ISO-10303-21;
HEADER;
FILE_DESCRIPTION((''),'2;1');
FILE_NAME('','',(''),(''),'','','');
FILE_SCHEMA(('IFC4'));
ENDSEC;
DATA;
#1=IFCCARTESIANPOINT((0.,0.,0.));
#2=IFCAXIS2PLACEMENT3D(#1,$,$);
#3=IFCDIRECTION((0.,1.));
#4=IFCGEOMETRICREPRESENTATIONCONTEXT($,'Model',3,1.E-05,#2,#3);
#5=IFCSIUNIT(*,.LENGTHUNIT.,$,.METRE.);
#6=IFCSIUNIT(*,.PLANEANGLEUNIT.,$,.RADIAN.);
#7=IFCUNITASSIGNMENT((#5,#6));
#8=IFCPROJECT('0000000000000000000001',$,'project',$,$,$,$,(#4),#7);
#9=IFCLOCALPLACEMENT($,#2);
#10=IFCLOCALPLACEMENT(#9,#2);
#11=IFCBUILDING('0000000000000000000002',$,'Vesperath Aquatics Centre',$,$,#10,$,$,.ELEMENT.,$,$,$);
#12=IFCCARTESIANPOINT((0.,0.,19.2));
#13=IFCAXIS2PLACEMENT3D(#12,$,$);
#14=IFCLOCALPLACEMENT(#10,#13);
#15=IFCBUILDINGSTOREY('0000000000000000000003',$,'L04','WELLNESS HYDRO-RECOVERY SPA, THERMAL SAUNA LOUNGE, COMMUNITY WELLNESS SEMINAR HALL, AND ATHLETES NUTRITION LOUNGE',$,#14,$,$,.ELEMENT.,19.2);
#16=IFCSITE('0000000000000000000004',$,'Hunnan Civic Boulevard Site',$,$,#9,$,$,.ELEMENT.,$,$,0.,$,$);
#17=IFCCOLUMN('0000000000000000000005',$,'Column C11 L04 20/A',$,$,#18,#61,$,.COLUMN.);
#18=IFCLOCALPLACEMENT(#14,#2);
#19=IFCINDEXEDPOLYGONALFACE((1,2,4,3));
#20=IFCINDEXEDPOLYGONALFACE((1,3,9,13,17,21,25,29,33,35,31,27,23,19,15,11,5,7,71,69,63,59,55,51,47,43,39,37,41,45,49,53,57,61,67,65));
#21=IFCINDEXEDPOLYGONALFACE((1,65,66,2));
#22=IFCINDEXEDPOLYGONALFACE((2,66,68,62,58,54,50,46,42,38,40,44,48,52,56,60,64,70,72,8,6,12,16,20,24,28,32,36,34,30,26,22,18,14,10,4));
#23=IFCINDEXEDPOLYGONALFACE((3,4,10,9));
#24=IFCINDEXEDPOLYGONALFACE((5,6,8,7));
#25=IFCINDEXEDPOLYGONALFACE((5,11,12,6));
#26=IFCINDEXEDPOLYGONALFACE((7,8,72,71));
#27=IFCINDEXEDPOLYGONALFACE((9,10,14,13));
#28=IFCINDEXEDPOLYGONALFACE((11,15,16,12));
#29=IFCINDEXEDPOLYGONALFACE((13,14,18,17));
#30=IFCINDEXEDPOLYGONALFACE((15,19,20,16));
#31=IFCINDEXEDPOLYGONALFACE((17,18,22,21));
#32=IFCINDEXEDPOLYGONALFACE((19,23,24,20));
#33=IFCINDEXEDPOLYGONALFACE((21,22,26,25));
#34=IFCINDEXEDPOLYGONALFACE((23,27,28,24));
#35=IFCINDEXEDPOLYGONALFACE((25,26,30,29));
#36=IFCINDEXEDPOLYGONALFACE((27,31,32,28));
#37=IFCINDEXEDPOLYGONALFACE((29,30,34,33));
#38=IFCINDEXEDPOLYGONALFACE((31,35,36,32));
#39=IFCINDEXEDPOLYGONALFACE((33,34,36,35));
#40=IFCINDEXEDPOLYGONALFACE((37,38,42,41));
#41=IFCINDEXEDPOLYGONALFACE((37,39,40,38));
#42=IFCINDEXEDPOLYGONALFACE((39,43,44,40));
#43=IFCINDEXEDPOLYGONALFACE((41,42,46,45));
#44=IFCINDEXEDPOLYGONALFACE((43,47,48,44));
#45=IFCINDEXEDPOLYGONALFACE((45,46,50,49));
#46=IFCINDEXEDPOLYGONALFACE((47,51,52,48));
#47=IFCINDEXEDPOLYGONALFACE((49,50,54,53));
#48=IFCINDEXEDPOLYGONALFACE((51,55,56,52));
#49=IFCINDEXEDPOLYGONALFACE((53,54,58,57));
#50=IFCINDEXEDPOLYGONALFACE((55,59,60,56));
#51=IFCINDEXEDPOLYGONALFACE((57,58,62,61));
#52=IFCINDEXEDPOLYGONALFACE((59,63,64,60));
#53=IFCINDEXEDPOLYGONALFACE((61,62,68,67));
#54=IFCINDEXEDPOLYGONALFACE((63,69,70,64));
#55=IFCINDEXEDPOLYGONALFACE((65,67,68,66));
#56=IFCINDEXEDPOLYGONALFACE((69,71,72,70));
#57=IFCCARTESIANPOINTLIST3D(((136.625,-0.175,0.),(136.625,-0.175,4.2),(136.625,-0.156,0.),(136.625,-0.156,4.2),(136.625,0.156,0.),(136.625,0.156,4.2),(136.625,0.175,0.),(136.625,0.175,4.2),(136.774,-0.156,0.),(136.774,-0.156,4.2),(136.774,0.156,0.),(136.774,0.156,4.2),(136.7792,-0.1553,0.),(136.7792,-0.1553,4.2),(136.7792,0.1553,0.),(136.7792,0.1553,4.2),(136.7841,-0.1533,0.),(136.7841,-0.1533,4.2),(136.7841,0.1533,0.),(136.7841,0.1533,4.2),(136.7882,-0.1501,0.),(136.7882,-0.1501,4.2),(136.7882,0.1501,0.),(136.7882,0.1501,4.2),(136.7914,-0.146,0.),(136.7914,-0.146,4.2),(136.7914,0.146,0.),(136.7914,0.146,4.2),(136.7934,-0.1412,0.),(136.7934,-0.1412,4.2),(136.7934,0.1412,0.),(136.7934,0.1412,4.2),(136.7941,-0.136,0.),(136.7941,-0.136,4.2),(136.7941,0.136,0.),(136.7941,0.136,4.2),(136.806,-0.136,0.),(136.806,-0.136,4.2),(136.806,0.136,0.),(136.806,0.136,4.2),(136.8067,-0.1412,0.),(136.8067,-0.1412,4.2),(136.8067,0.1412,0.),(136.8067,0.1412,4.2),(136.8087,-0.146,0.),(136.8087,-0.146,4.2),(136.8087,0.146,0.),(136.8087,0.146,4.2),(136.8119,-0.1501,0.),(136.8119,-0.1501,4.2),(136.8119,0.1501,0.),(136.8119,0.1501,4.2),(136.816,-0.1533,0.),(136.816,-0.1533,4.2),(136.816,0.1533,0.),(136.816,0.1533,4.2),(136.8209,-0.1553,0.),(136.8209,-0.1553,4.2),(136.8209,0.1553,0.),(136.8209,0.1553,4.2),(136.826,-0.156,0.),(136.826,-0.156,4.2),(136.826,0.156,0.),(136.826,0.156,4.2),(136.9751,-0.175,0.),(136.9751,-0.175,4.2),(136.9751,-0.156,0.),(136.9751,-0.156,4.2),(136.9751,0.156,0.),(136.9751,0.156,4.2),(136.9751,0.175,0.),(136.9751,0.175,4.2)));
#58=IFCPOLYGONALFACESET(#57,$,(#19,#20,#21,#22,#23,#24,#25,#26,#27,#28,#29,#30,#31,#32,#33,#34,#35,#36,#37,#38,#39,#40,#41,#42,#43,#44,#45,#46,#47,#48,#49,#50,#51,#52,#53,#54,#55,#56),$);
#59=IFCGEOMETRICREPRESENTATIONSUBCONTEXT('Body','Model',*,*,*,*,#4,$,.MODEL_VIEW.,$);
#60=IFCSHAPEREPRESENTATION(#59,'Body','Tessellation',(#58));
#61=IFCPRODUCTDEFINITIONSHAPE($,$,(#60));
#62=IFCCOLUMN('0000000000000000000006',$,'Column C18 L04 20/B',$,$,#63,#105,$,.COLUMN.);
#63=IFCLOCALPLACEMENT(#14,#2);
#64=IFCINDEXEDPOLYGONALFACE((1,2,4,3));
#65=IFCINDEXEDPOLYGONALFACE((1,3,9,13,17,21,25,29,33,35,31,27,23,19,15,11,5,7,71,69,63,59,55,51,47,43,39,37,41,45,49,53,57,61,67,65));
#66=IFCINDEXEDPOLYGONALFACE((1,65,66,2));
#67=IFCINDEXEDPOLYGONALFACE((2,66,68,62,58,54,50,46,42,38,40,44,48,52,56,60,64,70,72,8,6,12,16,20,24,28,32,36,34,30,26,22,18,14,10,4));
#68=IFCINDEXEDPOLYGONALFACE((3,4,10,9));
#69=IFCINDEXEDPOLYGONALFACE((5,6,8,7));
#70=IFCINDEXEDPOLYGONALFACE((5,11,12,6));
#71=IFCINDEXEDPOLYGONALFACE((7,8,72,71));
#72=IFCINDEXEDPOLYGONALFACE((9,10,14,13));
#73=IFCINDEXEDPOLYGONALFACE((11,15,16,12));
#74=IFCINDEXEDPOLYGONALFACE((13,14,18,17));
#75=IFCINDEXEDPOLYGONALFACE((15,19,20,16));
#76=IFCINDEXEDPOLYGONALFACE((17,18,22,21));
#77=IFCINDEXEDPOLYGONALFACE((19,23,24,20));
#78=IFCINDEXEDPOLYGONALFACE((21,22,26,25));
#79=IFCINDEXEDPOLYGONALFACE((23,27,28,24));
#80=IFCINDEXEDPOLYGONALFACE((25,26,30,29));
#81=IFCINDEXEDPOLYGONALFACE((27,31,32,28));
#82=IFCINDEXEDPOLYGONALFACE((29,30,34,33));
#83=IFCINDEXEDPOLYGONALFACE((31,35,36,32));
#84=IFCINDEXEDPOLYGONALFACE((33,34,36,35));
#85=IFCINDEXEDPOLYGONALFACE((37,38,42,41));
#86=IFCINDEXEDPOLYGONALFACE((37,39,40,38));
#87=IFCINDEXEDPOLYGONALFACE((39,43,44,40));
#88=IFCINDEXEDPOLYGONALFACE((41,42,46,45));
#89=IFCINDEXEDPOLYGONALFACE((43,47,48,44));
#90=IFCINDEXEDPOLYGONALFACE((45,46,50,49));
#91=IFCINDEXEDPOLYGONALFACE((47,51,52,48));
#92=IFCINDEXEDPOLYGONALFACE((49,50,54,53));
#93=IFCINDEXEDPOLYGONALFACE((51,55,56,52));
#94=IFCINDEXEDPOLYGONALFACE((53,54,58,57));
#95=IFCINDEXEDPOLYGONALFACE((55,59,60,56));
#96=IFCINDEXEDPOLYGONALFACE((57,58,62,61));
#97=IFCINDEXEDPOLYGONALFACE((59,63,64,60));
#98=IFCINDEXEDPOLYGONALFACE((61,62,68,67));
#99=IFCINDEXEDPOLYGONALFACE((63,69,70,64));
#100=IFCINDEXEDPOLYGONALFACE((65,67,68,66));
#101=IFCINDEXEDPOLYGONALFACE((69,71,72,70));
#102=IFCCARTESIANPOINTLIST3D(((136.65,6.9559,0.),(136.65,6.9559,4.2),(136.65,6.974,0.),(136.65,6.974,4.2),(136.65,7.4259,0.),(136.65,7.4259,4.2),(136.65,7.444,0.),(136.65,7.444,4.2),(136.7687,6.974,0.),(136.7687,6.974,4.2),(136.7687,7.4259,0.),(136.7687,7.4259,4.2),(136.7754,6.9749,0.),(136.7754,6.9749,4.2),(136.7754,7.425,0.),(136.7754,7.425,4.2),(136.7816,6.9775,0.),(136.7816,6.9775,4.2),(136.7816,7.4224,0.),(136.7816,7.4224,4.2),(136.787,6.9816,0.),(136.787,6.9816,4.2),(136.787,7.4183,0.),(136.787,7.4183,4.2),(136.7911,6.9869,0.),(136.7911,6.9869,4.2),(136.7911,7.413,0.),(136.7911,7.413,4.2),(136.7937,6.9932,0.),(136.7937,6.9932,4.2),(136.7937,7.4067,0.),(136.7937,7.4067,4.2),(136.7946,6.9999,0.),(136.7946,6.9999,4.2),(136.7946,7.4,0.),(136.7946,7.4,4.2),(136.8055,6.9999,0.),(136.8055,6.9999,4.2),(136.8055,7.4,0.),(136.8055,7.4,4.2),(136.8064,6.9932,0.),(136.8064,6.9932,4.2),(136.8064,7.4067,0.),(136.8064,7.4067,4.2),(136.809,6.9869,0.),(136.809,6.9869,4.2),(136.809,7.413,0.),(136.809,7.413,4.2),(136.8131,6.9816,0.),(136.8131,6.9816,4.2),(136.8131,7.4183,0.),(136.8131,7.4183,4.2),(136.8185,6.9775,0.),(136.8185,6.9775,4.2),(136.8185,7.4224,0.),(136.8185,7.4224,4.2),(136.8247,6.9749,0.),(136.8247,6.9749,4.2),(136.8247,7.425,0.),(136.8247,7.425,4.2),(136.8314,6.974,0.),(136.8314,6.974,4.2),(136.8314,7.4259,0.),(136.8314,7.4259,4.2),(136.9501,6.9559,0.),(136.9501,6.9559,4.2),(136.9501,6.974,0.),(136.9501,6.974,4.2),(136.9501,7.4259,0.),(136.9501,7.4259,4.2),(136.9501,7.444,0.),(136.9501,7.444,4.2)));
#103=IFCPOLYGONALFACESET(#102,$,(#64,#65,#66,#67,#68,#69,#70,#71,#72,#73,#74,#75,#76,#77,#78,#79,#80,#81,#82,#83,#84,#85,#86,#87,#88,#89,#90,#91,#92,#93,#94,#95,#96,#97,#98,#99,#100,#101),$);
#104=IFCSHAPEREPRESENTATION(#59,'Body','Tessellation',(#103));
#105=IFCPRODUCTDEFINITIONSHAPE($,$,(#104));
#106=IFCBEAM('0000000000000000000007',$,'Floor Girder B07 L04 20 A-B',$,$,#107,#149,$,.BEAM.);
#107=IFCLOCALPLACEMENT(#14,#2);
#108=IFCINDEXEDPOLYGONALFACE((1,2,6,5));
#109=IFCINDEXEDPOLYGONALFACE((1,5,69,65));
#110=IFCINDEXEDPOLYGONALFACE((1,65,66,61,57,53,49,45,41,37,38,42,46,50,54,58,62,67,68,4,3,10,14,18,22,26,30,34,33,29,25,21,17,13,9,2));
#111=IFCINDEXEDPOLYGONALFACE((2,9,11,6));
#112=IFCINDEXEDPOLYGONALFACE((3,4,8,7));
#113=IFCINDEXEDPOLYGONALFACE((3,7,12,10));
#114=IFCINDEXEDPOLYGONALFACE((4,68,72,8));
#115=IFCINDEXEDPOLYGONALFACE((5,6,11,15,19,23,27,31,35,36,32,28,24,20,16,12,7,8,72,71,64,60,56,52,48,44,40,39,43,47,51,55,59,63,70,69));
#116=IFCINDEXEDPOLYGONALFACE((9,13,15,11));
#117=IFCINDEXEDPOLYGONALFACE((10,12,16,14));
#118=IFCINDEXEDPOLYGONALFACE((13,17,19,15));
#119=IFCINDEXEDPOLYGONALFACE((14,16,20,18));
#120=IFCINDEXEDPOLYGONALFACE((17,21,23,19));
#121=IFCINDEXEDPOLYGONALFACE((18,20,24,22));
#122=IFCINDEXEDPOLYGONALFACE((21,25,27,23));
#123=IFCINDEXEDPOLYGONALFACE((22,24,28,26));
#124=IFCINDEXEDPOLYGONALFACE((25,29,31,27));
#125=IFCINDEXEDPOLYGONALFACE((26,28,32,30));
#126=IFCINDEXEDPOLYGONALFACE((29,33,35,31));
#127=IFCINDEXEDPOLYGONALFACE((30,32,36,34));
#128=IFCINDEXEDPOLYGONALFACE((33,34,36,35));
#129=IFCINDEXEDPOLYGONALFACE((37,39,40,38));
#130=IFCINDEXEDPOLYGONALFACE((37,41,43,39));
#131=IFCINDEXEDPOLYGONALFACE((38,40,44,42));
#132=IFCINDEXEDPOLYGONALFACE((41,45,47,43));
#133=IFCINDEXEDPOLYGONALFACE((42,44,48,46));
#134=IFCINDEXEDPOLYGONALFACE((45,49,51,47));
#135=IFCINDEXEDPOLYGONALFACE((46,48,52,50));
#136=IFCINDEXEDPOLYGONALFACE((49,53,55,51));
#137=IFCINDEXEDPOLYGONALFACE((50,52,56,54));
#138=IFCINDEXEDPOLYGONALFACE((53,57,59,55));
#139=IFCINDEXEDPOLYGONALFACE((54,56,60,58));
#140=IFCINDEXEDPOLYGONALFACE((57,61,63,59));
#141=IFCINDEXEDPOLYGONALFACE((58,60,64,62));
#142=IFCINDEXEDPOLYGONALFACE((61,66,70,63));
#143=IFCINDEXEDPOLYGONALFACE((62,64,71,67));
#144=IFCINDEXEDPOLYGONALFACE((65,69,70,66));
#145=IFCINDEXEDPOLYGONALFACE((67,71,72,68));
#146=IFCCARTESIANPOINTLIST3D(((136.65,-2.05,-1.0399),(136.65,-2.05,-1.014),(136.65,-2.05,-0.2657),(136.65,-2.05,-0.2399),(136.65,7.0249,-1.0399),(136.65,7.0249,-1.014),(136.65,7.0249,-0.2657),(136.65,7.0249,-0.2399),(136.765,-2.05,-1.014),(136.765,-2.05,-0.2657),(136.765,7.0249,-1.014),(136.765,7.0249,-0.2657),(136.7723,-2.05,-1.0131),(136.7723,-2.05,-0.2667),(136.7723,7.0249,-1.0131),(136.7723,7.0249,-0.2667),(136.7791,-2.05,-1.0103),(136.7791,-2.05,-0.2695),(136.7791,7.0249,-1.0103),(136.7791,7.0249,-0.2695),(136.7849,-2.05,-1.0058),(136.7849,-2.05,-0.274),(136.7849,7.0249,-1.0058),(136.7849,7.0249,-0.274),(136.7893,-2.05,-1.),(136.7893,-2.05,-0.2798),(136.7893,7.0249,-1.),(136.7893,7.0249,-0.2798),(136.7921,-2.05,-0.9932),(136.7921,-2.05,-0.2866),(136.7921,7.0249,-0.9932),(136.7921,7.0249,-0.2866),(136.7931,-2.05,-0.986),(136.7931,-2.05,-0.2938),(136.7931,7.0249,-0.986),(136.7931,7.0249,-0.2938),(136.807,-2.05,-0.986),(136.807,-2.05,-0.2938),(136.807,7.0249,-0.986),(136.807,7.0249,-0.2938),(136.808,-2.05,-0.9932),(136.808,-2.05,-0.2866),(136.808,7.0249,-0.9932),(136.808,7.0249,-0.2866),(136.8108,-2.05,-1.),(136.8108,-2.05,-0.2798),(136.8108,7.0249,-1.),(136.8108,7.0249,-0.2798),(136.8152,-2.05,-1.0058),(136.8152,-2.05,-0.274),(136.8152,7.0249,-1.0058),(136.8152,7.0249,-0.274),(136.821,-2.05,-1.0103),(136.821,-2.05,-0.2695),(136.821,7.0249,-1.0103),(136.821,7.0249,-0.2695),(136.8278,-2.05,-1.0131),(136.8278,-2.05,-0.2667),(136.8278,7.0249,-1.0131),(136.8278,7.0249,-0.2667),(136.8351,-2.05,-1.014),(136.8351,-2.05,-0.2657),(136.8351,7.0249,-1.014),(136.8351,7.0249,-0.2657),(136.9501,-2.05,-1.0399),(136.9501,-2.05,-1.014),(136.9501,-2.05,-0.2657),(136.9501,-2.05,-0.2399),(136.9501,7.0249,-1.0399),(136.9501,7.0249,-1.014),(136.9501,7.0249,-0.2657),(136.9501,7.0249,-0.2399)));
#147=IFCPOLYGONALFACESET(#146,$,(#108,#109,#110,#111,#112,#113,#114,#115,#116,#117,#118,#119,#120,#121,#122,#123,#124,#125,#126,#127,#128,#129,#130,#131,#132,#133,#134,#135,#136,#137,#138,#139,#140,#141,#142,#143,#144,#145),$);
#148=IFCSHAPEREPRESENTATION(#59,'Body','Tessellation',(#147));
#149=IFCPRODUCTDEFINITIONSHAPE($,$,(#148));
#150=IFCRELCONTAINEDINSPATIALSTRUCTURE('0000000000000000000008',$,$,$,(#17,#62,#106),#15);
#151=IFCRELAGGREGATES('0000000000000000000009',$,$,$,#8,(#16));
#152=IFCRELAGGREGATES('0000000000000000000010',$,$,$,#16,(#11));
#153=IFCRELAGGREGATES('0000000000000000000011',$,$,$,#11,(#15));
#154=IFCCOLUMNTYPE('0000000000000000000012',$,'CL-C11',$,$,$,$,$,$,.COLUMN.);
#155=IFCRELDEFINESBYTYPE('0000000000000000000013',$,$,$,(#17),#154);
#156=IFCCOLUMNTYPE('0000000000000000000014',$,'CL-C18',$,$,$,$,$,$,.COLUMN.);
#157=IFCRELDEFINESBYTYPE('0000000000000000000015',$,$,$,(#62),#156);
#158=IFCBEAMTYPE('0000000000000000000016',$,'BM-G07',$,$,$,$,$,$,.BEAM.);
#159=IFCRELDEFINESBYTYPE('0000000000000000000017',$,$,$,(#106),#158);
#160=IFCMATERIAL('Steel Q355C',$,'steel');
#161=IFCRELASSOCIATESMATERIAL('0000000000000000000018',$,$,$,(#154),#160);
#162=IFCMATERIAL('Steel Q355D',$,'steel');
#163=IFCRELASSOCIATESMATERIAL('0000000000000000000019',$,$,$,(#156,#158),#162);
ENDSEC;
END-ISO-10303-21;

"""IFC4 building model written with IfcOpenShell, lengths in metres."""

from ifc_helpers import new_model, si_unit, direction, frame, origin, origin_2d, place, context, subcontext, project, spatial, i_section, extrude, material, material_profile, profile_set, type_object, element, save


model = new_model("IFC4")

# Units and contexts
model_context = context("Model", 3, precision=1e-05, world=origin(), true_north=direction((0.0, 1.0)))
body_context = subcontext(model_context, "Body", "Model", "MODEL_VIEW")
ifc_project = project(units=[si_unit("LENGTHUNIT", "METRE"), si_unit("PLANEANGLEUNIT", "RADIAN")], contexts=[model_context])

# Site, building, storey
site_placement = place(None, origin())
site = spatial("IfcSite", under=ifc_project, at=site_placement, Name="Hunnan Civic Boulevard Site", CompositionType="ELEMENT", RefElevation=0.0)
building_placement = place(site_placement, origin())
building = spatial("IfcBuilding", under=site, at=building_placement, Name="Vesperath Aquatics Centre", CompositionType="ELEMENT")
storey_placement = place(building_placement, frame((0.0, 0.0, 19.2)))
storey = spatial("IfcBuildingStorey", under=building, at=storey_placement, Name="L04", Description="WELLNESS HYDRO-RECOVERY SPA, THERMAL SAUNA LOUNGE, COMMUNITY WELLNESS SEMINAR HALL, AND ATHLETES NUTRITION LOUNGE", CompositionType="ELEMENT", Elevation=19.2)

# Columns
ifc_material_1 = material(Name="Steel Q355C", Category="steel")
ifc_material_profile_1 = material_profile(ifc_material_1, i_section(OverallWidth=0.3501, OverallDepth=0.3501, WebThickness=0.012, FlangeThickness=0.019, FilletRadius=0.02, at=origin_2d()), Name="HW 350x350x12x19")
ifc_profile_set_1 = profile_set([ifc_material_profile_1], Name="Steel Q355C")
column_type_1 = type_object("IfcColumnType", Name="CL-C11", PredefinedType="COLUMN", material=ifc_profile_set_1)
column_1_placement = place(storey_placement, frame((136.8, 0.0, 0.0), z_axis=(0.0, 0.0, 1.0), x_axis=(1.0, 0.0, 0.0)))
element("IfcColumn", 1, at=column_1_placement, inside=storey, type_object=column_type_1, Name="Column C11 L04 20/A", PredefinedType="COLUMN", context=body_context, shape_type="SweptSolid", body=[
    extrude(i_section(OverallWidth=0.3501, OverallDepth=0.3501, WebThickness=0.012, FlangeThickness=0.019, FilletRadius=0.02, at=origin_2d()), origin(), (0.0, 0.0, 1.0), 4.2),
])
ifc_material_2 = material(Name="Steel Q355D", Category="steel")
ifc_material_profile_2 = material_profile(ifc_material_2, i_section(OverallWidth=0.3, OverallDepth=0.488, WebThickness=0.011, FlangeThickness=0.0181, FilletRadius=0.0259, at=origin_2d()), Name="HM 488x300x11x18")
ifc_profile_set_2 = profile_set([ifc_material_profile_2], Name="Steel Q355D")
column_type_2 = type_object("IfcColumnType", Name="CL-C18", PredefinedType="COLUMN", material=ifc_profile_set_2)
column_2_placement = place(storey_placement, frame((136.8, 7.2, 0.0), z_axis=(0.0, 0.0, 1.0), x_axis=(1.0, 0.0, 0.0)))
element("IfcColumn", 2, at=column_2_placement, inside=storey, type_object=column_type_2, Name="Column C18 L04 20/B", PredefinedType="COLUMN", context=body_context, shape_type="SweptSolid", body=[
    extrude(i_section(OverallWidth=0.3, OverallDepth=0.488, WebThickness=0.011, FlangeThickness=0.0181, FilletRadius=0.0259, at=origin_2d()), origin(), (0.0, 0.0, 1.0), 4.2),
])

# Beam
ifc_material_profile_3 = material_profile(ifc_material_2, i_section(OverallWidth=0.3, OverallDepth=0.8, WebThickness=0.0139, FlangeThickness=0.0259, FilletRadius=0.0281, at=origin_2d()), Name="HN 800x300x14x26")
ifc_profile_set_3 = profile_set([ifc_material_profile_3], Name="Steel Q355D")
beam_type_1 = type_object("IfcBeamType", Name="BM-G07", PredefinedType="BEAM", material=ifc_profile_set_3)
beam_1_placement = place(storey_placement, frame((136.8, -2.05, -0.6399), z_axis=(0.0, 1.0, 0.0), x_axis=(-1.0, 0.0, 0.0)))
element("IfcBeam", 3, at=beam_1_placement, inside=storey, type_object=beam_type_1, Name="Floor Girder B07 L04 20 A-B", PredefinedType="BEAM", context=body_context, shape_type="SweptSolid", body=[
    extrude(i_section(OverallWidth=0.3, OverallDepth=0.8, WebThickness=0.0139, FlangeThickness=0.0259, FilletRadius=0.0281, at=origin_2d()), origin(), (0.0, 0.0, 1.0), 9.075),
])

save(model, "model.ifc")
